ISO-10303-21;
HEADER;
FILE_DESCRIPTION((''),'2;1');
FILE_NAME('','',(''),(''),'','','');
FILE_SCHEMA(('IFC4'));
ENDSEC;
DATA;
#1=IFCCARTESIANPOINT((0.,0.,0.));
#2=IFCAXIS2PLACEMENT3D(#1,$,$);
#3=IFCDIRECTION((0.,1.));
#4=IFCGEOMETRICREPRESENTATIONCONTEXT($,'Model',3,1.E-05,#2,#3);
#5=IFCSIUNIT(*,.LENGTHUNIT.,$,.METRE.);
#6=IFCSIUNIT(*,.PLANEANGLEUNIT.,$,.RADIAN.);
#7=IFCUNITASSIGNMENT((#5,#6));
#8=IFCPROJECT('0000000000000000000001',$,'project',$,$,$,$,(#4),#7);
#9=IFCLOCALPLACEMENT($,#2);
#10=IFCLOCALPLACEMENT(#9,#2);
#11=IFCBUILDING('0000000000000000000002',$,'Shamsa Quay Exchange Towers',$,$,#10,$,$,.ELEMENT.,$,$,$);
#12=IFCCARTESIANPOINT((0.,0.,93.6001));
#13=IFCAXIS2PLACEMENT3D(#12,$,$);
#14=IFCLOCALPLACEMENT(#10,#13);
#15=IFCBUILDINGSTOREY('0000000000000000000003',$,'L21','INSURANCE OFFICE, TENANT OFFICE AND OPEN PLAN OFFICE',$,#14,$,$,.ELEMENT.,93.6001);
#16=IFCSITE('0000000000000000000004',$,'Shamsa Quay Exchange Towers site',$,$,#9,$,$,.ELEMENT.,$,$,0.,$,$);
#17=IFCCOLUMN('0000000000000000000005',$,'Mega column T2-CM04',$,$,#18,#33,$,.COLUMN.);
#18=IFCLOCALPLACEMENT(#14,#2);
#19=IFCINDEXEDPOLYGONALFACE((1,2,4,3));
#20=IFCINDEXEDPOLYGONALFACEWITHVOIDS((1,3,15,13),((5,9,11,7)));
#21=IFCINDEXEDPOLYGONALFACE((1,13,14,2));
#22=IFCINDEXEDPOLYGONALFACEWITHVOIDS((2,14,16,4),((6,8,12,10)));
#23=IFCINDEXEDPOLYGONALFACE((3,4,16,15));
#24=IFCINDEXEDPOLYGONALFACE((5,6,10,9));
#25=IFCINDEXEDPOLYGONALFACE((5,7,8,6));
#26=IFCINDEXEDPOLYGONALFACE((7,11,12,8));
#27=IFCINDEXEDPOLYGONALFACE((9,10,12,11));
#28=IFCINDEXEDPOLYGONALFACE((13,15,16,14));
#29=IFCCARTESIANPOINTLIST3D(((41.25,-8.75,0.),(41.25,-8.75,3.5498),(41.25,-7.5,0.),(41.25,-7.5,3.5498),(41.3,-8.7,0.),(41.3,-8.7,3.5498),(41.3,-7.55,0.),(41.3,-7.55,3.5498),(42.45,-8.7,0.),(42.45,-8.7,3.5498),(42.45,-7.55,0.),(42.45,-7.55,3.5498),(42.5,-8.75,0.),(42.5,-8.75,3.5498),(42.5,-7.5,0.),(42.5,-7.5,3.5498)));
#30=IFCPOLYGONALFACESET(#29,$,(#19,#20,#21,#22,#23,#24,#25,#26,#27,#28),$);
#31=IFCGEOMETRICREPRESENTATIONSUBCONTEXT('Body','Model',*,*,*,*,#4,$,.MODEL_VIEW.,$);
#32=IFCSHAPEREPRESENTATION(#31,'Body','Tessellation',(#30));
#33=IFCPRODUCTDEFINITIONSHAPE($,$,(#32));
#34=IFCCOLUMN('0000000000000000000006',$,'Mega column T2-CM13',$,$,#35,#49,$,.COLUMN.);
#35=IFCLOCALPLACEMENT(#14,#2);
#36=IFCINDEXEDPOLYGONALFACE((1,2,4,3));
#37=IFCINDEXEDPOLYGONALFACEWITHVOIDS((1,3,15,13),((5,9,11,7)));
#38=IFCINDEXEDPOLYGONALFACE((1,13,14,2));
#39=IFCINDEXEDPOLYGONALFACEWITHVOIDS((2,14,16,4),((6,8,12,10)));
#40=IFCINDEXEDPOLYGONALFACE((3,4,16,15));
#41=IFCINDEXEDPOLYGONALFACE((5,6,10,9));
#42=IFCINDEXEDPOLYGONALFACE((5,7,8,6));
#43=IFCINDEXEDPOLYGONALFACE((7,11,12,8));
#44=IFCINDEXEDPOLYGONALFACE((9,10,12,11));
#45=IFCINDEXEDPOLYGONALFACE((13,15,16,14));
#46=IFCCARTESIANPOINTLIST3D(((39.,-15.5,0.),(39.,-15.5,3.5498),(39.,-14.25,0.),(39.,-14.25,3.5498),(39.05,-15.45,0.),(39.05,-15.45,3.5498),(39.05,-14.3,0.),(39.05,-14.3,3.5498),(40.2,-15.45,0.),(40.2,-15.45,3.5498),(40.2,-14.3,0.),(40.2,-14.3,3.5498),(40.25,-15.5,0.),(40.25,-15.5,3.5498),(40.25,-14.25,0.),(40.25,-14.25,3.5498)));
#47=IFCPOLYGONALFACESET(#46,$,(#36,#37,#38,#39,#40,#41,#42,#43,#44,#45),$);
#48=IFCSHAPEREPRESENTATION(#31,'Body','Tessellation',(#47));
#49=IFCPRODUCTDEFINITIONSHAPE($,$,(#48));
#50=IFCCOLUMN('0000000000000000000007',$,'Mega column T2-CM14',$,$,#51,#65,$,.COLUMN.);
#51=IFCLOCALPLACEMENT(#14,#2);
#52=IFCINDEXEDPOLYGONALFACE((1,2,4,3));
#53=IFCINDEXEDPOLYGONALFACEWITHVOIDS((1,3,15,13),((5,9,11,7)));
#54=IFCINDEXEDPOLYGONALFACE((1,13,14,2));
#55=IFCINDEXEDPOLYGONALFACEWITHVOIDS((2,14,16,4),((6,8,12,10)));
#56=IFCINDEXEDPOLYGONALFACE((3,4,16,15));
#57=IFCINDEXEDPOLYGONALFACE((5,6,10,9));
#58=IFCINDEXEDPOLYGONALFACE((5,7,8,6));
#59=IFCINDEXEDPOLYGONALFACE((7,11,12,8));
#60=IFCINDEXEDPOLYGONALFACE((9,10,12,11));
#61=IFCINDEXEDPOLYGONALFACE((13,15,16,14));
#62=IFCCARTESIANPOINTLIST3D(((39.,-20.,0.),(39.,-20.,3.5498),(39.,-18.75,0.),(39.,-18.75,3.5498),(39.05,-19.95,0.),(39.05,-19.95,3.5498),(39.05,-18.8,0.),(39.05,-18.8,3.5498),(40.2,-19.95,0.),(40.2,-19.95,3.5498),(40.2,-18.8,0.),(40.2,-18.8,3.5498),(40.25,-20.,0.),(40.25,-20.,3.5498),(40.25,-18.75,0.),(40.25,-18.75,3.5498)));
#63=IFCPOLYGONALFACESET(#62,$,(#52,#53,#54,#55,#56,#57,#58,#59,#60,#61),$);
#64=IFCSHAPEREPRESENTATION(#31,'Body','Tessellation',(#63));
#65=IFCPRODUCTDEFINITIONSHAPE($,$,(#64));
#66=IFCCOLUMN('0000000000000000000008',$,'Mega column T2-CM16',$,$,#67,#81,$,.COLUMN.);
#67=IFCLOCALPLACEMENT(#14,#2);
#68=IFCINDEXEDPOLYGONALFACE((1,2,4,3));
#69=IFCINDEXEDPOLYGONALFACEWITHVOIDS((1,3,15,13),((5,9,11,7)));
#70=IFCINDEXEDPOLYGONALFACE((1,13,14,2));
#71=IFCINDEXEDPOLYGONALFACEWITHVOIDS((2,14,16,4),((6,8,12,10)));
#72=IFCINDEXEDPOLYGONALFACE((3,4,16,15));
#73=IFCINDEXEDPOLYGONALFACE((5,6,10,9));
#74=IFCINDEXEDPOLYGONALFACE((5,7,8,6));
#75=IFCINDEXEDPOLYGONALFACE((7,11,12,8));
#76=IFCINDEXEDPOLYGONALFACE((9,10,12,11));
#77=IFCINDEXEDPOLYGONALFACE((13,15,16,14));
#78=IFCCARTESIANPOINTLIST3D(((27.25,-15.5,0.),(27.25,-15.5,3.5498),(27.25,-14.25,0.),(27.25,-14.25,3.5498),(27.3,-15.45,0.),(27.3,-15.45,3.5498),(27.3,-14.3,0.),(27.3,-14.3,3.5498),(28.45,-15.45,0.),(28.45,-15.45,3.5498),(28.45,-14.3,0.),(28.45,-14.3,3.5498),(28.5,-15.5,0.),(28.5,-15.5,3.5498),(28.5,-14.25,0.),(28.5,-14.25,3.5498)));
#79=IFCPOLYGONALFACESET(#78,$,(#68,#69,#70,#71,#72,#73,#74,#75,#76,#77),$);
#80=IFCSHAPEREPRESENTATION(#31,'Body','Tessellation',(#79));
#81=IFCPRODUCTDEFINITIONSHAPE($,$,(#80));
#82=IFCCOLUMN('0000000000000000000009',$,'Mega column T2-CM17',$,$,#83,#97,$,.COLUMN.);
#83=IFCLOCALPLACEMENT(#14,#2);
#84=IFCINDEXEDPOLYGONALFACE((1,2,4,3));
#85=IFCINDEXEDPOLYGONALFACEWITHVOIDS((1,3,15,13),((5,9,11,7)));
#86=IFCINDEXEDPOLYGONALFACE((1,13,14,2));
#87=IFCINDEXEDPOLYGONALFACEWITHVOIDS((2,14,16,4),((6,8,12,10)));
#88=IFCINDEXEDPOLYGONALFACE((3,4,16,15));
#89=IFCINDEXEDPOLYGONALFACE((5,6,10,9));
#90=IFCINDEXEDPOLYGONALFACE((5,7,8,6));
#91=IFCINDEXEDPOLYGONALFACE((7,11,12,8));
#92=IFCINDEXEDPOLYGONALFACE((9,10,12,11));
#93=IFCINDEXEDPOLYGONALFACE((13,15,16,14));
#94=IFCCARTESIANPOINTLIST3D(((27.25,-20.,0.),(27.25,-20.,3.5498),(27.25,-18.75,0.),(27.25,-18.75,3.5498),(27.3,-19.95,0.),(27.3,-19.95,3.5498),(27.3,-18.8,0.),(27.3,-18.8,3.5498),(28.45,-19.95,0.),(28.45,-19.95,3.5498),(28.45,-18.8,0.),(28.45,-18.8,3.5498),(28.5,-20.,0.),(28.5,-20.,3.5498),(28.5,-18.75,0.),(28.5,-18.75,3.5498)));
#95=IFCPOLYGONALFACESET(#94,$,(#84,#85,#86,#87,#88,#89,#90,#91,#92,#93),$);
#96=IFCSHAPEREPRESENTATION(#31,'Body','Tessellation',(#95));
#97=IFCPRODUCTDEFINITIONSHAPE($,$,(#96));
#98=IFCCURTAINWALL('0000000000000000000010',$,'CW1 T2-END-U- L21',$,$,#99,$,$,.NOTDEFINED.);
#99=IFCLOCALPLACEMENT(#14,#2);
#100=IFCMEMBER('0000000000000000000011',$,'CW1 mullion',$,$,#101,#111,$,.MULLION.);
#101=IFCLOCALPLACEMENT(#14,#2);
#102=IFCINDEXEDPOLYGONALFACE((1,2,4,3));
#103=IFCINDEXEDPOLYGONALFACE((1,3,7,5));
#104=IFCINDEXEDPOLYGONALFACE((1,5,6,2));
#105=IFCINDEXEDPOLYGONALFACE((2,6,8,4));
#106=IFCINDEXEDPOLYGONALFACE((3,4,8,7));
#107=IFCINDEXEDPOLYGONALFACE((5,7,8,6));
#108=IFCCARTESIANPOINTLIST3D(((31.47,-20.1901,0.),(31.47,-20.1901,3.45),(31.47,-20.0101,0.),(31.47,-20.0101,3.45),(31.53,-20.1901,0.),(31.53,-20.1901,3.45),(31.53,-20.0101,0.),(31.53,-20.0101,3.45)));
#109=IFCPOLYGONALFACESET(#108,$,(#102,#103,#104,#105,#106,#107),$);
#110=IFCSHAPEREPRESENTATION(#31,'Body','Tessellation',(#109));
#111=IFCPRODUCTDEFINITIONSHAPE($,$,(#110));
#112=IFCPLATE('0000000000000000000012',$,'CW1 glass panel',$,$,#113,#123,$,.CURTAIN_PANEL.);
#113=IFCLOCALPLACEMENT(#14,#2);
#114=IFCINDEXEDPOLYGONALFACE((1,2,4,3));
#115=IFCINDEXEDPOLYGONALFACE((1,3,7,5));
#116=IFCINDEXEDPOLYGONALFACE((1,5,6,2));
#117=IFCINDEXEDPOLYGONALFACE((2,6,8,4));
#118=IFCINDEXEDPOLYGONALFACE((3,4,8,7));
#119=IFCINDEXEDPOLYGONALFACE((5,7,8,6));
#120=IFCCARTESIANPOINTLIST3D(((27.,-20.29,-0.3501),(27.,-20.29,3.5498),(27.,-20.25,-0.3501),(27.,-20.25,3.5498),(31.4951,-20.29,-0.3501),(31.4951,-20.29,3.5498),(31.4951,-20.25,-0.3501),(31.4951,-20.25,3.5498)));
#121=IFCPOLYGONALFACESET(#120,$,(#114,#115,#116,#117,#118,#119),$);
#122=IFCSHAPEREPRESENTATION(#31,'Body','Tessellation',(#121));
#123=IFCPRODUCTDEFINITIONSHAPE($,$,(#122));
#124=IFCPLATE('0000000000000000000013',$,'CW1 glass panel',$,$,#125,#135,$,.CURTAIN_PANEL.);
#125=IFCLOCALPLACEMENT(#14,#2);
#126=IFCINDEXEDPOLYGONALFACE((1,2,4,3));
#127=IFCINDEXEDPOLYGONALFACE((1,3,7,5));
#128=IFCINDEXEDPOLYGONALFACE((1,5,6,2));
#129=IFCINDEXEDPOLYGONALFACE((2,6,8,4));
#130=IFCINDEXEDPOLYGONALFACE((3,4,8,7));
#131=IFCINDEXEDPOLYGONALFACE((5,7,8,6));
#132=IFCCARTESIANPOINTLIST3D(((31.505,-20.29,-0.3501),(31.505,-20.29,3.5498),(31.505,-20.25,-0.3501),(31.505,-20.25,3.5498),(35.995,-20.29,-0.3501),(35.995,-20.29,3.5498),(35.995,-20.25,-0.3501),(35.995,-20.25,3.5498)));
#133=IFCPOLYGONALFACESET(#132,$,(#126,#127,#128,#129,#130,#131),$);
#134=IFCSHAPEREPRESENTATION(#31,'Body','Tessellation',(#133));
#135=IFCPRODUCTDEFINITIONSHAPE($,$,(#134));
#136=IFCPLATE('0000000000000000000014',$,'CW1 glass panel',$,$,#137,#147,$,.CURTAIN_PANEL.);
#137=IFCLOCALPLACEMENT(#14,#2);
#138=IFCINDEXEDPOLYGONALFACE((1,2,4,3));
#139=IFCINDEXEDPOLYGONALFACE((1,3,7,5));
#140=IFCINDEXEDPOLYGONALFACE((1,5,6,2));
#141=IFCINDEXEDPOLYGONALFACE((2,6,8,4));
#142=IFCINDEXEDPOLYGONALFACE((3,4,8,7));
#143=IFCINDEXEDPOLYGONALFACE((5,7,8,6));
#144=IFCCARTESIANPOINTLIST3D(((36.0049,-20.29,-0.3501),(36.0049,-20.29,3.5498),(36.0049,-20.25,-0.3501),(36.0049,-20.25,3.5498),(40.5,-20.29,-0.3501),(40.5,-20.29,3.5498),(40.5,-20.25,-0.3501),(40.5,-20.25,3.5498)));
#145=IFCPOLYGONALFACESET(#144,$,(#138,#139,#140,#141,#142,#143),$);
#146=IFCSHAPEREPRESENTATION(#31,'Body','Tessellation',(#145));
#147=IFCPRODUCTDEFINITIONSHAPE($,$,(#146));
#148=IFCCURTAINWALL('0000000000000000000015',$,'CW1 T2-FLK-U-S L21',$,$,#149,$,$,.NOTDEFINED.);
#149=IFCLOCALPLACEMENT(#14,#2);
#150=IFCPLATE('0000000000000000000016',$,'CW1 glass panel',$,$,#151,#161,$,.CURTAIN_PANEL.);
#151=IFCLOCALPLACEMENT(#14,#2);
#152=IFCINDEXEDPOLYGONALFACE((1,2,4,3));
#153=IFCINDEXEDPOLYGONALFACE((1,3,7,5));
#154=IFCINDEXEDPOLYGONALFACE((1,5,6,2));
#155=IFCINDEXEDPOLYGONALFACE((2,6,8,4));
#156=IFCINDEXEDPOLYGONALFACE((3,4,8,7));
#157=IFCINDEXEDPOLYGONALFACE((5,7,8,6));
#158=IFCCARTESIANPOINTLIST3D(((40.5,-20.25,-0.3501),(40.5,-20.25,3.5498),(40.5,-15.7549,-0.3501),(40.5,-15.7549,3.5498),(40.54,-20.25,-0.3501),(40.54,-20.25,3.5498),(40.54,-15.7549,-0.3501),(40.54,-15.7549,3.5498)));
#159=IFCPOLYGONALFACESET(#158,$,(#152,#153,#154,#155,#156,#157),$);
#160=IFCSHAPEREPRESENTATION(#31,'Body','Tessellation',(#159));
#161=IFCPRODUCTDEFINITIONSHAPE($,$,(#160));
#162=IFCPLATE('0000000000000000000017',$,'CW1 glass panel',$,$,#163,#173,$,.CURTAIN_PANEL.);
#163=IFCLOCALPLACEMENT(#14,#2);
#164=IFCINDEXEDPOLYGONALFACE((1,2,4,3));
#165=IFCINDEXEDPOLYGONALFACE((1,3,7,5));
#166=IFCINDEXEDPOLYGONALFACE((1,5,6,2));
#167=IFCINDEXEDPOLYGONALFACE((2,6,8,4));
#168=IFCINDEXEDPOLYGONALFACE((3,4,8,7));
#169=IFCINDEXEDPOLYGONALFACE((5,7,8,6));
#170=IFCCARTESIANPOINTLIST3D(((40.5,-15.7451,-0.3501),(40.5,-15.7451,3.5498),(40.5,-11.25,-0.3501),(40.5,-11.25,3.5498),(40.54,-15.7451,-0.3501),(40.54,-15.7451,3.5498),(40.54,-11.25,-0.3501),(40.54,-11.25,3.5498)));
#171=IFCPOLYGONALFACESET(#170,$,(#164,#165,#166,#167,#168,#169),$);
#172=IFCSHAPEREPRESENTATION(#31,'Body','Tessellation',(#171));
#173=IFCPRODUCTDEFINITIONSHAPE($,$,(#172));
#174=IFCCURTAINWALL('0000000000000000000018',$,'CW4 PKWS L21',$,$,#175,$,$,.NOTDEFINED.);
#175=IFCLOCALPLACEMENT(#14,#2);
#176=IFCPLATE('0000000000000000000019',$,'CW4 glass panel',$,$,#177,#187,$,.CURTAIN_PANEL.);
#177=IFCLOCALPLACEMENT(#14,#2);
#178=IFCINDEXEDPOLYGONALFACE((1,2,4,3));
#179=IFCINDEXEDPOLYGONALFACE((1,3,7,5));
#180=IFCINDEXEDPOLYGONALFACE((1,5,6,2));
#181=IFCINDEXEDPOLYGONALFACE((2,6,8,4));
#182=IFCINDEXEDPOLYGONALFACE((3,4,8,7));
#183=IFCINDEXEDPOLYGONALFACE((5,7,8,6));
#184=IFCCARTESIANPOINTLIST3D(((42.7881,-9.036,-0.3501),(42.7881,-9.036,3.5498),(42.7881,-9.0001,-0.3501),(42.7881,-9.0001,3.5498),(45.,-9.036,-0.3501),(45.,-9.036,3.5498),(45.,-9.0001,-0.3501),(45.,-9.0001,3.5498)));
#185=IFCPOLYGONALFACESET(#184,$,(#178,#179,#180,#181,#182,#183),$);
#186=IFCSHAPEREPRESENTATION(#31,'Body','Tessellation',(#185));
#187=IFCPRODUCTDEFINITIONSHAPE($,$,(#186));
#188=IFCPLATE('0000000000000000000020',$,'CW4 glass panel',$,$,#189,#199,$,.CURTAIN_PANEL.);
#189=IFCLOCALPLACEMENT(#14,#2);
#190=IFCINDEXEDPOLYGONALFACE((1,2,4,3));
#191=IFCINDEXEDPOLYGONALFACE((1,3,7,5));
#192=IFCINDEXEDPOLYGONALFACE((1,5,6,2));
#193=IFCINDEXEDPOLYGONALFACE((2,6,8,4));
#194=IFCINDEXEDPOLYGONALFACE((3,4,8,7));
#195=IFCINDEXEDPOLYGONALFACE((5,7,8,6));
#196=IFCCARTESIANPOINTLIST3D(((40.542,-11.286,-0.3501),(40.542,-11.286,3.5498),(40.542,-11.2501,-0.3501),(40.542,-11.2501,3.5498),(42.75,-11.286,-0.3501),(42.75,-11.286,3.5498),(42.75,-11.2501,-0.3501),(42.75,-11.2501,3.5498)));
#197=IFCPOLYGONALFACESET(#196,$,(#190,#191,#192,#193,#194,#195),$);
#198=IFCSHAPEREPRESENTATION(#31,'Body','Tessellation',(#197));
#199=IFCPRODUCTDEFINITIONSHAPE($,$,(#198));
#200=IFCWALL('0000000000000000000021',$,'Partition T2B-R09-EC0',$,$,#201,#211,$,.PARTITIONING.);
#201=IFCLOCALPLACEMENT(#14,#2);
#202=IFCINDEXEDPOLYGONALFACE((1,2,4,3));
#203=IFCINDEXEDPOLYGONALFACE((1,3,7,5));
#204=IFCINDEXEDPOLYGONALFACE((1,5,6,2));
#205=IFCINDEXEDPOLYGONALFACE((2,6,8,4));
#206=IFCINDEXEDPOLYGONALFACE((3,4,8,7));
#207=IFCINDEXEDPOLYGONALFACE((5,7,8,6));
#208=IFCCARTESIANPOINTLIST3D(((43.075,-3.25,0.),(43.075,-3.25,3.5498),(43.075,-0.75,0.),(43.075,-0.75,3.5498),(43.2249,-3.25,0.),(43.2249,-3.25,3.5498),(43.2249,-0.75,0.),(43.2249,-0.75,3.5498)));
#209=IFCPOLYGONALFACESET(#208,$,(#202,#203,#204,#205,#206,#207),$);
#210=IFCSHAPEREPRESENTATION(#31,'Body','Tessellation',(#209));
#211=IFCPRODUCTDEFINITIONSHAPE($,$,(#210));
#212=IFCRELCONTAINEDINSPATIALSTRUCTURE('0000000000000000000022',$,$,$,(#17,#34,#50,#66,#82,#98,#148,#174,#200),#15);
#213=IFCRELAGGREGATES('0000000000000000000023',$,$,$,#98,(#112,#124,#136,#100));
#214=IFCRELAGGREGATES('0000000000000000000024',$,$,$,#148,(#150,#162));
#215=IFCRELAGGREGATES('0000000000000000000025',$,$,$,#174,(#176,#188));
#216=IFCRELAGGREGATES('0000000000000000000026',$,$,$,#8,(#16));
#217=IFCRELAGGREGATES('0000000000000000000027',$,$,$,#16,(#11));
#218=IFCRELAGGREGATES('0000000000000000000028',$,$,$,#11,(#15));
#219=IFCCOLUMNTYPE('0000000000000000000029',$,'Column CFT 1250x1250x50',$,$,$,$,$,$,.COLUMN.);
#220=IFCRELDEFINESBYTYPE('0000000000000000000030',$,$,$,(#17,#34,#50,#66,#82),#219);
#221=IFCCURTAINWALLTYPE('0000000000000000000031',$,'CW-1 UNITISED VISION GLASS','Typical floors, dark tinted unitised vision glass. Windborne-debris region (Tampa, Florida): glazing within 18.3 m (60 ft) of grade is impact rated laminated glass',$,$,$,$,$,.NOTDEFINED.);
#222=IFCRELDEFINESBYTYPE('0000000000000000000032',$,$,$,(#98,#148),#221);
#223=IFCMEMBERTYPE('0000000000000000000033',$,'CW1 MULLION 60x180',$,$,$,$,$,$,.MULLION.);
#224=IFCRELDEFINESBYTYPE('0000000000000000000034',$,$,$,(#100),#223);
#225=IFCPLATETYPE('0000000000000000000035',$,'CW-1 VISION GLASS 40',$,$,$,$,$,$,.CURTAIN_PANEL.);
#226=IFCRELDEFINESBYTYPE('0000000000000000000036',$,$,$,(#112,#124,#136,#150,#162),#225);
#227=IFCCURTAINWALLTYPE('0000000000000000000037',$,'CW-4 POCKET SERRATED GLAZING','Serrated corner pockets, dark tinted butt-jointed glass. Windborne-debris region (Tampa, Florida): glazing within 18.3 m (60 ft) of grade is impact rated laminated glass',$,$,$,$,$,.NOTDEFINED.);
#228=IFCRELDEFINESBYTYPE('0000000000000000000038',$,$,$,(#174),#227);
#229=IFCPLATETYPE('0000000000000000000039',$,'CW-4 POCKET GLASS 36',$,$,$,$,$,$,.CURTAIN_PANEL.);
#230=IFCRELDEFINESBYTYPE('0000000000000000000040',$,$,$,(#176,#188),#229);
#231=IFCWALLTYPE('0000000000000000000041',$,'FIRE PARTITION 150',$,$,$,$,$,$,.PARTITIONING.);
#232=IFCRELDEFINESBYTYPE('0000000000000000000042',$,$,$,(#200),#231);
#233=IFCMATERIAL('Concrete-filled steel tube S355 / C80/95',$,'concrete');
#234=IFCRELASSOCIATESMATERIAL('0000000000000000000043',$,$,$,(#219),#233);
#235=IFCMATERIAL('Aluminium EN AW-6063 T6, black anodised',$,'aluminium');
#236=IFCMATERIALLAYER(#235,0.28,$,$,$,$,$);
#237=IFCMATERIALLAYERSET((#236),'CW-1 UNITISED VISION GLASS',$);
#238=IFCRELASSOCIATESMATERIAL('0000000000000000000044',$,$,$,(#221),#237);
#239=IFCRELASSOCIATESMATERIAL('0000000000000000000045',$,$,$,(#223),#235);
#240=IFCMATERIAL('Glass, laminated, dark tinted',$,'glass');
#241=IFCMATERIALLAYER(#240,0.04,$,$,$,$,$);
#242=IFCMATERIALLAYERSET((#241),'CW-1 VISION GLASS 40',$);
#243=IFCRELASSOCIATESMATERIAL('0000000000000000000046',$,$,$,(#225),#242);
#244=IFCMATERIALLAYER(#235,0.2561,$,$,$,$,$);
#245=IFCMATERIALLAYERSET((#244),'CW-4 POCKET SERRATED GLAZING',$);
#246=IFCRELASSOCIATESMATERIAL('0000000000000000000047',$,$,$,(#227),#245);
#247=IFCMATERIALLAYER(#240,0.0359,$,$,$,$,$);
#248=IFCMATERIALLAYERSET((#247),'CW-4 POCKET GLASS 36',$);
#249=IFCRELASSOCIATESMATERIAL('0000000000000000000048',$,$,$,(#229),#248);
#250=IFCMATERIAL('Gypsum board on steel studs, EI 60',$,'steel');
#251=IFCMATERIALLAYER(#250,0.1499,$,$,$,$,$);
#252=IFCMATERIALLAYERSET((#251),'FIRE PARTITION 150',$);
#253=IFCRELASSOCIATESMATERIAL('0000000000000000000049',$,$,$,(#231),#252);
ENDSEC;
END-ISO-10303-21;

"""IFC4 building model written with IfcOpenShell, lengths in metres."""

from ifc_helpers import new_model, si_unit, direction, frame, frame_2d, origin, origin_2d, place, context, subcontext, project, spatial, rectangle, hollow_rectangle, extrude, material, layer, layer_set, material_profile, profile_set, type_object, element, aggregate, save


model = new_model("IFC4")

# Units and contexts
model_context = context("Model", 3, precision=1e-05, world=origin(), true_north=direction((0.0, 1.0)))
body_context = subcontext(model_context, "Body", "Model", "MODEL_VIEW")
ifc_project = project(units=[si_unit("LENGTHUNIT", "METRE"), si_unit("PLANEANGLEUNIT", "RADIAN")], contexts=[model_context])

# Site, building, storey
site_placement = place(None, origin())
site = spatial("IfcSite", under=ifc_project, at=site_placement, Name="Shamsa Quay Exchange Towers site", CompositionType="ELEMENT", RefElevation=0.0)
building_placement = place(site_placement, origin())
building = spatial("IfcBuilding", under=site, at=building_placement, Name="Shamsa Quay Exchange Towers", CompositionType="ELEMENT")
storey_placement = place(building_placement, frame((0.0, 0.0, 93.6001)))
storey = spatial("IfcBuildingStorey", under=building, at=storey_placement, Name="L21", Description="INSURANCE OFFICE, TENANT OFFICE AND OPEN PLAN OFFICE", CompositionType="ELEMENT", Elevation=93.6001)

# Columns
ifc_material_1 = material(Name="Concrete-filled steel tube S355 / C80/95", Category="concrete")
ifc_material_profile_1 = material_profile(ifc_material_1, hollow_rectangle(XDim=1.25, YDim=1.25, WallThickness=0.05, at=origin_2d()), Name="CFT 1250x1250x50")
ifc_profile_set_1 = profile_set([ifc_material_profile_1], Name="Concrete-filled steel tube S355 / C80/95")
column_type = type_object("IfcColumnType", Name="Column CFT 1250x1250x50", PredefinedType="COLUMN", material=ifc_profile_set_1)
for number, where, name in (
    (1, (41.875, -8.125, 0.0), "Mega column T2-CM04"),
    (2, (39.625, -14.875, 0.0), "Mega column T2-CM13"),
    (3, (39.625, -19.375, 0.0), "Mega column T2-CM14"),
    (4, (27.875, -14.875, 0.0), "Mega column T2-CM16"),
    (5, (27.875, -19.375, 0.0), "Mega column T2-CM17"),
):
    element("IfcColumn", number, at=place(storey_placement, frame(where)), inside=storey, type_object=column_type, Name=name, PredefinedType="COLUMN", context=body_context, shape_type="SweptSolid", body=[
        extrude(hollow_rectangle(XDim=1.25, YDim=1.25, WallThickness=0.05, at=origin_2d()), origin(), (0.0, 0.0, 1.0), 3.5498),
    ])

# Curtain wall, member, plates
ifc_material_2 = material(Name="Aluminium EN AW-6063 T6, black anodised", Category="aluminium")
ifc_layer_1 = layer(ifc_material_2, 0.28)
ifc_layer_set_1 = layer_set([ifc_layer_1], Name="CW-1 UNITISED VISION GLASS")
curtain_wall_type_1 = type_object("IfcCurtainWallType", Name="CW-1 UNITISED VISION GLASS", Description="Typical floors, dark tinted unitised vision glass. Windborne-debris region (Tampa, Florida): glazing within 18.3 m (60 ft) of grade is impact rated laminated glass", PredefinedType="NOTDEFINED", material=ifc_layer_set_1)
curtain_wall_1_placement = place(storey_placement, origin())
curtain_wall_1 = element("IfcCurtainWall", 6, at=curtain_wall_1_placement, inside=storey, type_object=curtain_wall_type_1, Name="CW1 T2-END-U- L21", PredefinedType="NOTDEFINED")
ifc_material_profile_2 = material_profile(ifc_material_2, rectangle(XDim=0.1799, YDim=0.0601, at=origin_2d()), Name="MU60x180")
ifc_profile_set_2 = profile_set([ifc_material_profile_2], Name="Aluminium EN AW-6063 T6, black anodised")
member_type = type_object("IfcMemberType", Name="CW1 MULLION 60x180", PredefinedType="MULLION", material=ifc_profile_set_2)
member_placement = place(storey_placement, frame((31.5, -20.1001, 0.0), z_axis=(0.0, 0.0, 1.0), x_axis=(0.0, 1.0, 0.0)))
member = element("IfcMember", 7, at=member_placement, type_object=member_type, Name="CW1 mullion", PredefinedType="MULLION", context=body_context, shape_type="SweptSolid", body=[
    extrude(rectangle(XDim=0.1799, YDim=0.0601, at=origin_2d()), origin(), (0.0, 0.0, 1.0), 3.45),
])
ifc_material_3 = material(Name="Glass, laminated, dark tinted", Category="glass")
ifc_layer_2 = layer(ifc_material_3, 0.04)
ifc_layer_set_2 = layer_set([ifc_layer_2], Name="CW-1 VISION GLASS 40")
plate_type_1 = type_object("IfcPlateType", Name="CW-1 VISION GLASS 40", PredefinedType="CURTAIN_PANEL", material=ifc_layer_set_2)
plate_1_placement = place(storey_placement, frame((29.2476, -20.27, -0.3501)))
plate_1 = element("IfcPlate", 8, at=plate_1_placement, type_object=plate_type_1, Name="CW1 glass panel", PredefinedType="CURTAIN_PANEL", context=body_context, shape_type="SweptSolid", body=[
    extrude(rectangle(XDim=4.4951, YDim=0.04, at=origin_2d()), origin(), (0.0, 0.0, 1.0), 3.8999),
])
plate_2_placement = place(storey_placement, frame((33.75, -20.27, -0.3501)))
plate_2 = element("IfcPlate", 9, at=plate_2_placement, type_object=plate_type_1, Name="CW1 glass panel", PredefinedType="CURTAIN_PANEL", context=body_context, shape_type="SweptSolid", body=[
    extrude(rectangle(XDim=4.49, YDim=0.04, at=origin_2d()), origin(), (0.0, 0.0, 1.0), 3.8999),
])
plate_3_placement = place(storey_placement, frame((38.2524, -20.27, -0.3501)))
plate_3 = element("IfcPlate", 10, at=plate_3_placement, type_object=plate_type_1, Name="CW1 glass panel", PredefinedType="CURTAIN_PANEL", context=body_context, shape_type="SweptSolid", body=[
    extrude(rectangle(XDim=4.4951, YDim=0.04, at=origin_2d()), origin(), (0.0, 0.0, 1.0), 3.8999),
])
aggregate(curtain_wall_1, [plate_1, plate_2, plate_3, member])

# Curtain walls, plates
curtain_wall_2_placement = place(storey_placement, origin())
curtain_wall_2 = element("IfcCurtainWall", 11, at=curtain_wall_2_placement, inside=storey, type_object=curtain_wall_type_1, Name="CW1 T2-FLK-U-S L21", PredefinedType="NOTDEFINED")
plate_4_placement = place(storey_placement, frame((40.52, -18.0024, -0.3501), z_axis=(0.0, 0.0, 1.0), x_axis=(0.0, 1.0, 0.0)))
plate_4 = element("IfcPlate", 12, at=plate_4_placement, type_object=plate_type_1, Name="CW1 glass panel", PredefinedType="CURTAIN_PANEL", context=body_context, shape_type="SweptSolid", body=[
    extrude(rectangle(XDim=4.4951, YDim=0.04, at=origin_2d()), origin(), (0.0, 0.0, 1.0), 3.8999),
])
plate_5_placement = place(storey_placement, frame((40.52, -13.4976, -0.3501), z_axis=(0.0, 0.0, 1.0), x_axis=(0.0, 1.0, 0.0)))
plate_5 = element("IfcPlate", 13, at=plate_5_placement, type_object=plate_type_1, Name="CW1 glass panel", PredefinedType="CURTAIN_PANEL", context=body_context, shape_type="SweptSolid", body=[
    extrude(rectangle(XDim=4.4951, YDim=0.04, at=origin_2d()), origin(), (0.0, 0.0, 1.0), 3.8999),
])
aggregate(curtain_wall_2, [plate_4, plate_5])
ifc_layer_3 = layer(ifc_material_2, 0.2561)
ifc_layer_set_3 = layer_set([ifc_layer_3], Name="CW-4 POCKET SERRATED GLAZING")
curtain_wall_type_2 = type_object("IfcCurtainWallType", Name="CW-4 POCKET SERRATED GLAZING", Description="Serrated corner pockets, dark tinted butt-jointed glass. Windborne-debris region (Tampa, Florida): glazing within 18.3 m (60 ft) of grade is impact rated laminated glass", PredefinedType="NOTDEFINED", material=ifc_layer_set_3)
curtain_wall_3_placement = place(storey_placement, origin())
curtain_wall_3 = element("IfcCurtainWall", 14, at=curtain_wall_3_placement, inside=storey, type_object=curtain_wall_type_2, Name="CW4 PKWS L21", PredefinedType="NOTDEFINED")
ifc_layer_4 = layer(ifc_material_3, 0.0359)
ifc_layer_set_4 = layer_set([ifc_layer_4], Name="CW-4 POCKET GLASS 36")
plate_type_2 = type_object("IfcPlateType", Name="CW-4 POCKET GLASS 36", PredefinedType="CURTAIN_PANEL", material=ifc_layer_set_4)
plate_6_placement = place(storey_placement, frame((43.894, -9.0181, -0.3501)))
plate_6 = element("IfcPlate", 15, at=plate_6_placement, type_object=plate_type_2, Name="CW4 glass panel", PredefinedType="CURTAIN_PANEL", context=body_context, shape_type="SweptSolid", body=[
    extrude(rectangle(XDim=2.2119, YDim=0.0359, at=origin_2d()), origin(), (0.0, 0.0, 1.0), 3.8999),
])
plate_7_placement = place(storey_placement, frame((41.646, -11.2681, -0.3501)))
plate_7 = element("IfcPlate", 16, at=plate_7_placement, type_object=plate_type_2, Name="CW4 glass panel", PredefinedType="CURTAIN_PANEL", context=body_context, shape_type="SweptSolid", body=[
    extrude(rectangle(XDim=2.208, YDim=0.0359, at=origin_2d()), origin(), (0.0, 0.0, 1.0), 3.8999),
])
aggregate(curtain_wall_3, [plate_6, plate_7])

# Wall
ifc_material_4 = material(Name="Gypsum board on steel studs, EI 60", Category="steel")
ifc_layer_5 = layer(ifc_material_4, 0.1499)
ifc_layer_set_5 = layer_set([ifc_layer_5], Name="FIRE PARTITION 150")
wall_type_1 = type_object("IfcWallType", Name="FIRE PARTITION 150", PredefinedType="PARTITIONING", material=ifc_layer_set_5)
wall_1_placement = place(storey_placement, frame((43.1499, -3.25, 0.0), z_axis=(0.0, 0.0, 1.0), x_axis=(0.0, 1.0, 0.0)))
element("IfcWall", 17, at=wall_1_placement, inside=storey, type_object=wall_type_1, Name="Partition T2B-R09-EC0", PredefinedType="PARTITIONING", context=body_context, shape_type="SweptSolid", body=[
    extrude(rectangle(XDim=2.5, YDim=0.1499, at=frame_2d((1.25, 0.0))), origin(), (0.0, 0.0, 1.0), 3.5498),
])

save(model, "model.ifc")
